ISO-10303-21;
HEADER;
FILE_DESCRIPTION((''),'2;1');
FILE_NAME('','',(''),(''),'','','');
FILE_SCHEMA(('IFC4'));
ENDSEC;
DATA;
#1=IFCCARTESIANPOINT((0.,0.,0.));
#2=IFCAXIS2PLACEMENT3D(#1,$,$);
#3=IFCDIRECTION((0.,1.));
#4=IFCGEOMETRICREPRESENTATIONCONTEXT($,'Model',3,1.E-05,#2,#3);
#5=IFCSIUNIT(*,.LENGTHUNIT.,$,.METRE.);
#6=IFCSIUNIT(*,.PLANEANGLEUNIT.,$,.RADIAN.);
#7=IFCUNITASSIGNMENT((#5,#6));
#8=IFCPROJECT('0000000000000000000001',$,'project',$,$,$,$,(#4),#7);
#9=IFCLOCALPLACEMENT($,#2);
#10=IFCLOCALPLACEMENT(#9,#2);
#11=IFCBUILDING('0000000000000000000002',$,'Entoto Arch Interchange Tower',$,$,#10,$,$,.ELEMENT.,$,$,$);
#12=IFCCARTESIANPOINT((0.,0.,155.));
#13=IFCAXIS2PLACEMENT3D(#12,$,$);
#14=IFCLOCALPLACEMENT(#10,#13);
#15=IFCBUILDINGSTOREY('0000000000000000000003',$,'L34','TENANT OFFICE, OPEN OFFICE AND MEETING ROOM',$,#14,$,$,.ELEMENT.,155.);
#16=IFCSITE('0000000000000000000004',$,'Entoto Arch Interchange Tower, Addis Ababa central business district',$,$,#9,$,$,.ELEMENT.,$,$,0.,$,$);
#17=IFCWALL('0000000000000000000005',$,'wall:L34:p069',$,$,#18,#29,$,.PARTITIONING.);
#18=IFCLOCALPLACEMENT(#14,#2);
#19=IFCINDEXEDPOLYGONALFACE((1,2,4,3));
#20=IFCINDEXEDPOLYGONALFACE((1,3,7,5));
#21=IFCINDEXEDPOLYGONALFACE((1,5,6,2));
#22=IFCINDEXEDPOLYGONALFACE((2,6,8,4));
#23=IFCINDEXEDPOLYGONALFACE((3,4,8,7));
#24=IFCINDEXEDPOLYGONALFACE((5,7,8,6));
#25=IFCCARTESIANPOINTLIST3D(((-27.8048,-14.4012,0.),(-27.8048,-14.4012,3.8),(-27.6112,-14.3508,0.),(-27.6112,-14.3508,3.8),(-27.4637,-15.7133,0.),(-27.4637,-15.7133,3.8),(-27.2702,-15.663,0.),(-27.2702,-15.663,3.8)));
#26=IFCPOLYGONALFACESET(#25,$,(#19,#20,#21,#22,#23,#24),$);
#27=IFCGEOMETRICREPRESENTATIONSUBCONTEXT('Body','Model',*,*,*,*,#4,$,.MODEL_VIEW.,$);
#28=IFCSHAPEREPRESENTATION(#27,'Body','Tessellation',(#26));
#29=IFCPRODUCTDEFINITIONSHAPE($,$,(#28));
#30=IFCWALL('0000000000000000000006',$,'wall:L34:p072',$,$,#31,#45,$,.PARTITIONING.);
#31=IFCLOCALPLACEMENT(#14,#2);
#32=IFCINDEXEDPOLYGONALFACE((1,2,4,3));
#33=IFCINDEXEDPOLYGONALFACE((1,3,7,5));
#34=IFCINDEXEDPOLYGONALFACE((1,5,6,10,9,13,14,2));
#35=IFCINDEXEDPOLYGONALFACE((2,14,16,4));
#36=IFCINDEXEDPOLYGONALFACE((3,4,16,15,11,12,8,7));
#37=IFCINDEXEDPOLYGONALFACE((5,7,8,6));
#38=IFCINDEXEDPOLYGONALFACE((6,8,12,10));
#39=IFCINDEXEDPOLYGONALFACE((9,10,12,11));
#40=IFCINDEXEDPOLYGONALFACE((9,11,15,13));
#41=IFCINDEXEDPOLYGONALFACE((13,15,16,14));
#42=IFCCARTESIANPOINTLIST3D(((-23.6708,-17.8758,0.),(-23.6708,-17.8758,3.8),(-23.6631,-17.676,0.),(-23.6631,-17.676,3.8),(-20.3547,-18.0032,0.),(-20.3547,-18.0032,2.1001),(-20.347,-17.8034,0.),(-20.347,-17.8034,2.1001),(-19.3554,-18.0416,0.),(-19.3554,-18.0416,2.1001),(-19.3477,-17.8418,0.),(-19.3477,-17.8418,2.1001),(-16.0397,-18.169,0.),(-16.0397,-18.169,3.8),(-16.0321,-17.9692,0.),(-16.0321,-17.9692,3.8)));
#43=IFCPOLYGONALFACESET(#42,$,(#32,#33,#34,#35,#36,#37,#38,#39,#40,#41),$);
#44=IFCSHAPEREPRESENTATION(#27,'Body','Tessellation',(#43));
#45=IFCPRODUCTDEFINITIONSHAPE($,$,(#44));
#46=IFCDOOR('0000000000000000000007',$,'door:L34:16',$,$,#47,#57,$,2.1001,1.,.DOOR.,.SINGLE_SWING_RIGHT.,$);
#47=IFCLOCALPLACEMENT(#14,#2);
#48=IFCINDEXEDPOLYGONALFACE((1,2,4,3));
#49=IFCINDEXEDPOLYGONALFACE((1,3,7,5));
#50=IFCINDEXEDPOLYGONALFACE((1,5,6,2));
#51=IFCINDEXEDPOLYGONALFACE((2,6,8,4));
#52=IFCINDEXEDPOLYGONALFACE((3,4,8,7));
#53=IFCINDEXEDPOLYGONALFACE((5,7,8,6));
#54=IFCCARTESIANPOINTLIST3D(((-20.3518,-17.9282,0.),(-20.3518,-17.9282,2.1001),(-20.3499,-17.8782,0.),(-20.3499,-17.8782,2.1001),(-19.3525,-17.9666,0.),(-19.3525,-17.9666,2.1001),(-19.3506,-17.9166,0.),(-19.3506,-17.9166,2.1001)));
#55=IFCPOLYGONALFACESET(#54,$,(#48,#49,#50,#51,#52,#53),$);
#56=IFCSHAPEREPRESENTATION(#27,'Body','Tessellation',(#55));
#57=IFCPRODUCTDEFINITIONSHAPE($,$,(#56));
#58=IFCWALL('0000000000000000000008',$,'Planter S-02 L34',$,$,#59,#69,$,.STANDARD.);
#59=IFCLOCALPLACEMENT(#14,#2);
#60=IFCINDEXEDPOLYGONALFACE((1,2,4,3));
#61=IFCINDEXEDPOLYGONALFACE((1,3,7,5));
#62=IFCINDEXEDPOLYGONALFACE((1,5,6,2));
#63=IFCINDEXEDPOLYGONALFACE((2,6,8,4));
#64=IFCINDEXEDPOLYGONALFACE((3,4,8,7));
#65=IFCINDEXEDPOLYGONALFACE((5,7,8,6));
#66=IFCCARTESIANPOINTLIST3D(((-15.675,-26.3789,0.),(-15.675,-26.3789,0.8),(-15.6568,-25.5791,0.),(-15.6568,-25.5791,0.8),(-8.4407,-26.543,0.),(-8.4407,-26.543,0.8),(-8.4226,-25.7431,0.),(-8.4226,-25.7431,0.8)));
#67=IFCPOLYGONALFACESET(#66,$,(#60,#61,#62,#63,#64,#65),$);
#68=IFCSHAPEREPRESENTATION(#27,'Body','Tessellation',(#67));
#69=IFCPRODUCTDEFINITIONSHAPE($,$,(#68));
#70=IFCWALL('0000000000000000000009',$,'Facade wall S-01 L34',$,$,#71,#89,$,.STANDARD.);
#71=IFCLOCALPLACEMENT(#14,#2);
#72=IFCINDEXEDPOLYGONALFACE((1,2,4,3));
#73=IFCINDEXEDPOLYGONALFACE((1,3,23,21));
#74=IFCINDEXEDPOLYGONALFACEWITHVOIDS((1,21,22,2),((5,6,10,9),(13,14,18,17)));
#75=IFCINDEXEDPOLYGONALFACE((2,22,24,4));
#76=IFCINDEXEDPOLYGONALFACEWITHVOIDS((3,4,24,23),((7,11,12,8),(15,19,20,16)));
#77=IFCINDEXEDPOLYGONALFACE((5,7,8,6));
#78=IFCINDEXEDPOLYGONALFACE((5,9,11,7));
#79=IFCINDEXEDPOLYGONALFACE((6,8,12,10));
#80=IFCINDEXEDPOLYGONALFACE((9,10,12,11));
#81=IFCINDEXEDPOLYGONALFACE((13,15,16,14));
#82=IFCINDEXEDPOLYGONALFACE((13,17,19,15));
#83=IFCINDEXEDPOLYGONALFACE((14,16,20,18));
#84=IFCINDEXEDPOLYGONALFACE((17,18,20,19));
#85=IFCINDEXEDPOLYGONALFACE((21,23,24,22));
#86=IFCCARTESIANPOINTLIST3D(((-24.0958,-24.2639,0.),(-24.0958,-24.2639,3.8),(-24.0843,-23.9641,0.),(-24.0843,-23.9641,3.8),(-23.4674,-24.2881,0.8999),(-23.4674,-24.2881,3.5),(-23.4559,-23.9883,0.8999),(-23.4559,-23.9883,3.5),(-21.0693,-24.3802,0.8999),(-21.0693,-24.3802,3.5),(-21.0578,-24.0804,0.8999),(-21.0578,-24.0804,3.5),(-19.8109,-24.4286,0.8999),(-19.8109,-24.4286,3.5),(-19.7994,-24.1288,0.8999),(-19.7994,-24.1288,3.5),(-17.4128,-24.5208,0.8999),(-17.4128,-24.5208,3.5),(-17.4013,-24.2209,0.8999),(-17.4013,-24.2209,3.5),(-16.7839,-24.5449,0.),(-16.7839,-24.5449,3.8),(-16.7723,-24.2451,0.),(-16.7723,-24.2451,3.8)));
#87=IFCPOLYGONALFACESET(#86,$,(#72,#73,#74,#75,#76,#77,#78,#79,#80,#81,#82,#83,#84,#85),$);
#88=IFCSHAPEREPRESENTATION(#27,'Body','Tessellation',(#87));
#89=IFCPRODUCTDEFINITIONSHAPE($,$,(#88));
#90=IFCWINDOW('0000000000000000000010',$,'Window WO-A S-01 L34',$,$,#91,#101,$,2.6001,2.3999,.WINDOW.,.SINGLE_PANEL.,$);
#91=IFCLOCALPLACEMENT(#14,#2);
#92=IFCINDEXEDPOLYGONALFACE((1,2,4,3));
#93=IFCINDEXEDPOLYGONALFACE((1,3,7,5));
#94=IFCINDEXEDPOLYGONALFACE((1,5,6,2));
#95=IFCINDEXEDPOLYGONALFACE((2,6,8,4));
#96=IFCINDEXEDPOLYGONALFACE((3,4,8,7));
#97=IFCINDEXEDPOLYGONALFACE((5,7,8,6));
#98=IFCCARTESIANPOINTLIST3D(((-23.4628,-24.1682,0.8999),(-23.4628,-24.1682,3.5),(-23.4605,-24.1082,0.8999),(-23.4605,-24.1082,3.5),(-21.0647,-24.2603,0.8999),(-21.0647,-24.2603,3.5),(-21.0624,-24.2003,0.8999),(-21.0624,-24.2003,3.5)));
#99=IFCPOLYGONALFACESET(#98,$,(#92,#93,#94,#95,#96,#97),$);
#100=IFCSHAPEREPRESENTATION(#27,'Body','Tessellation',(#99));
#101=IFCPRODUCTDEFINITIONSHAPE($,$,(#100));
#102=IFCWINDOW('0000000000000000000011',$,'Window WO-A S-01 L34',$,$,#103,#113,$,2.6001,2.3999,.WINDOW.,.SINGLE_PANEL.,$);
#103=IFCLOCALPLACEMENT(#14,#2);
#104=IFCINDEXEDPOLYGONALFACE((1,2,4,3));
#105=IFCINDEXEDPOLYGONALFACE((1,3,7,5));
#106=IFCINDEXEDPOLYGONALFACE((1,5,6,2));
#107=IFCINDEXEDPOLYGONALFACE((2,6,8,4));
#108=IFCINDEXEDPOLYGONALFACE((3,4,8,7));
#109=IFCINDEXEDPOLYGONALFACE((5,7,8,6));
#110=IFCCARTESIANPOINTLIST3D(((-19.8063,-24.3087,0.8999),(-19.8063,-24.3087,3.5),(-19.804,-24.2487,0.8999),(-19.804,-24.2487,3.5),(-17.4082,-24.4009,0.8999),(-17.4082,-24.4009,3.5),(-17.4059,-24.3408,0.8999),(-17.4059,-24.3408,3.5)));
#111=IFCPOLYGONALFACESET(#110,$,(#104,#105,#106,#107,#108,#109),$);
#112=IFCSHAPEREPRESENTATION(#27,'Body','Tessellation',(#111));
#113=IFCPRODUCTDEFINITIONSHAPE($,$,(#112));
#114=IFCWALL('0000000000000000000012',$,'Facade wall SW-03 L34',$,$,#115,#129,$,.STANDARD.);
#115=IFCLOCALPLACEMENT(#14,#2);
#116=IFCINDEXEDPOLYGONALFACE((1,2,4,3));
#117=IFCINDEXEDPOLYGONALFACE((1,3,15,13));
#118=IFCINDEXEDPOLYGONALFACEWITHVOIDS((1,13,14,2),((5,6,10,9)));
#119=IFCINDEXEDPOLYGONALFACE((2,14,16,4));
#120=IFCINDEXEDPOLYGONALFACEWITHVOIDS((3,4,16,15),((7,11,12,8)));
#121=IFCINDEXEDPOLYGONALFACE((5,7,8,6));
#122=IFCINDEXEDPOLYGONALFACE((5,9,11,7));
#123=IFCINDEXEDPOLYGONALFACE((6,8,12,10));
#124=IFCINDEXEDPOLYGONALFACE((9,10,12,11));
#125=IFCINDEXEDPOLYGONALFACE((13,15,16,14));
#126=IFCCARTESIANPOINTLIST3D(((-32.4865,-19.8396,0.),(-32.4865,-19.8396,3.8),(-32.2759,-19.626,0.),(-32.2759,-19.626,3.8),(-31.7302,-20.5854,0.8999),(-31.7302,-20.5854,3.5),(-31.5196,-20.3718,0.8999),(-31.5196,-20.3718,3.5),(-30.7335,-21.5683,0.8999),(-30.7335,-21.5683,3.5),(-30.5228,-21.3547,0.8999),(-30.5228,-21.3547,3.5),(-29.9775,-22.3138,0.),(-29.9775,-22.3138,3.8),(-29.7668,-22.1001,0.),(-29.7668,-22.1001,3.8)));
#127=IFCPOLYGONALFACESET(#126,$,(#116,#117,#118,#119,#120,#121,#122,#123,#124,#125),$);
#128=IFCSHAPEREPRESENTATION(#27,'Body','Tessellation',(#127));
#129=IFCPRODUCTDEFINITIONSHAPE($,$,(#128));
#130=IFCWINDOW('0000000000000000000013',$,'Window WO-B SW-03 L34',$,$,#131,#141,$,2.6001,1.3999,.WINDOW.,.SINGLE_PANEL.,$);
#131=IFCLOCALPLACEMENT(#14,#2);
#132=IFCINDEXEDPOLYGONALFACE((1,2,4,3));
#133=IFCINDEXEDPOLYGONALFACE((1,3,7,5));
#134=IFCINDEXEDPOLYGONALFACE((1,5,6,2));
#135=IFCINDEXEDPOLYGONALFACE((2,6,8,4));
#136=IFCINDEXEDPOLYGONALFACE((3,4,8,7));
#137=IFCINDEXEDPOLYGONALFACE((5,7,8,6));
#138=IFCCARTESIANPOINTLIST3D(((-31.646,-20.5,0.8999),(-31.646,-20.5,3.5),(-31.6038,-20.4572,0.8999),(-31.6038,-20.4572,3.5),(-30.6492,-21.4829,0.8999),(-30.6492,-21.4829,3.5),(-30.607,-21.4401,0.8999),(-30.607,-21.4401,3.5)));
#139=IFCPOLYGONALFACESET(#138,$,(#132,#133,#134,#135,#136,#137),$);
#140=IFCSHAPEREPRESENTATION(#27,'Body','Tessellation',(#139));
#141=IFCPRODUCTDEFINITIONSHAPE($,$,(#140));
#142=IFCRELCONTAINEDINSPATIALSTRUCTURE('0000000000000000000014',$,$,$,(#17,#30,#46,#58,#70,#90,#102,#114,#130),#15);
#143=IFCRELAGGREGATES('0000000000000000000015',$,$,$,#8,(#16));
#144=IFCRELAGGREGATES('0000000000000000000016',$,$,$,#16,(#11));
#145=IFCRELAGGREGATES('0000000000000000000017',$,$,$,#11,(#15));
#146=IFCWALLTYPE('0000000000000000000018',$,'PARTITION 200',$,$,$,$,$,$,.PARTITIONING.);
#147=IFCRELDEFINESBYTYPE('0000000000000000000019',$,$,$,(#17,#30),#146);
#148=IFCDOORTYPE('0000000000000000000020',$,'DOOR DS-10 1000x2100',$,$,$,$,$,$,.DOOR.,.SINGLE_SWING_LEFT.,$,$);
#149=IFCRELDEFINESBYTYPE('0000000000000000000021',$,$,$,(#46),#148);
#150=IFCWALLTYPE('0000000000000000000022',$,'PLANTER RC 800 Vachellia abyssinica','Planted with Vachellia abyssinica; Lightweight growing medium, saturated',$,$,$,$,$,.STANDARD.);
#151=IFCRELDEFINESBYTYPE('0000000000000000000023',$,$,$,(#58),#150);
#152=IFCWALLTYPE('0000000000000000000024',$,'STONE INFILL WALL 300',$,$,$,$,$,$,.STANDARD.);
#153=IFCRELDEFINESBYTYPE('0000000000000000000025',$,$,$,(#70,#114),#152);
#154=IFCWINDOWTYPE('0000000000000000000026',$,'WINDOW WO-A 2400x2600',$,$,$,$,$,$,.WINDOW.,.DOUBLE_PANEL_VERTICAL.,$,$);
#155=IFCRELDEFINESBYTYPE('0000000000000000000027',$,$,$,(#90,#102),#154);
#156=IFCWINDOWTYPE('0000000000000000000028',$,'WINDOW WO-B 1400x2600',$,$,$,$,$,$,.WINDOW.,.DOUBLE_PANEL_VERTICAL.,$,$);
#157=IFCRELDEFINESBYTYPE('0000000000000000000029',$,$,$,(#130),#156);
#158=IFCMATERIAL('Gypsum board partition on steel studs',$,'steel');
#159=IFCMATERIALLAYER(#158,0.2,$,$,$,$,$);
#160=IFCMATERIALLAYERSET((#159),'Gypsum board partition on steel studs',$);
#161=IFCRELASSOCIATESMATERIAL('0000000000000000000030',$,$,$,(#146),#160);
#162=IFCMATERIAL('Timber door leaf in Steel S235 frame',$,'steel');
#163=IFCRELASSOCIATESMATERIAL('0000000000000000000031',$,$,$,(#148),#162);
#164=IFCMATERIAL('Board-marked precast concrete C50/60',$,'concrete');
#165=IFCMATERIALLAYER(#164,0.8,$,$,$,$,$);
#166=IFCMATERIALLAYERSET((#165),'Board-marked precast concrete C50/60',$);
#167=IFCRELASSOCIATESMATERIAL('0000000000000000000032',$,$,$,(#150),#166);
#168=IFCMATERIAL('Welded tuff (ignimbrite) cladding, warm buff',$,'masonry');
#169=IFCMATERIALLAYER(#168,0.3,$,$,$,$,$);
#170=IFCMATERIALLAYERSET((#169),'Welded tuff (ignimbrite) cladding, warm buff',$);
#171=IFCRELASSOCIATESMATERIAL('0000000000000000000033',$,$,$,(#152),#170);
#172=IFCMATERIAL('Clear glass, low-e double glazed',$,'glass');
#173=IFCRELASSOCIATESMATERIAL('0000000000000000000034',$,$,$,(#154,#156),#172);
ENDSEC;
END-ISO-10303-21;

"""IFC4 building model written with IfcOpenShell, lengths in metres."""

from ifc_helpers import new_model, si_unit, direction, frame, frame_2d, origin, place, context, subcontext, project, spatial, rectangle, extrude, material, layer, layer_set, type_object, element, fill, save


model = new_model("IFC4")

# Units and contexts
model_context = context("Model", 3, precision=1e-05, world=origin(), true_north=direction((0.0, 1.0)))
body_context = subcontext(model_context, "Body", "Model", "MODEL_VIEW")
ifc_project = project(units=[si_unit("LENGTHUNIT", "METRE"), si_unit("PLANEANGLEUNIT", "RADIAN")], contexts=[model_context])

# Site, building, storey
site_placement = place(None, origin())
site = spatial("IfcSite", under=ifc_project, at=site_placement, Name="Entoto Arch Interchange Tower, Addis Ababa central business district", CompositionType="ELEMENT", RefElevation=0.0)
building_placement = place(site_placement, origin())
building = spatial("IfcBuilding", under=site, at=building_placement, Name="Entoto Arch Interchange Tower", CompositionType="ELEMENT")
storey_placement = place(building_placement, frame((0.0, 0.0, 155.0)))
storey = spatial("IfcBuildingStorey", under=building, at=storey_placement, Name="L34", Description="TENANT OFFICE, OPEN OFFICE AND MEETING ROOM", CompositionType="ELEMENT", Elevation=155.0)

# Shared definitions
ifc_material_1 = material(Name="Gypsum board partition on steel studs", Category="steel")
ifc_layer_1 = layer(ifc_material_1, 0.2)
ifc_layer_set_1 = layer_set([ifc_layer_1], Name="Gypsum board partition on steel studs")
wall_type_1 = type_object("IfcWallType", Name="PARTITION 200", PredefinedType="PARTITIONING", material=ifc_layer_set_1)

# Shared definitions
ifc_material_2 = material(Name="Timber door leaf in Steel S235 frame", Category="steel")
door_type_1 = type_object("IfcDoorType", Name="DOOR DS-10 1000x2100", OperationType="SINGLE_SWING_LEFT", PredefinedType="DOOR", material=ifc_material_2)

# Wall
wall_1_placement = place(storey_placement, frame((-27.3669, -15.688, 0.0), z_axis=(0.0, 0.0, 1.0), x_axis=(-0.251593, 0.967833, 0.0)))
element("IfcWall", 1, at=wall_1_placement, inside=storey, type_object=wall_type_1, Name="wall:L34:p069", PredefinedType="PARTITIONING", context=body_context, shape_type="SweptSolid", body=[
    extrude(rectangle(XDim=1.3557, YDim=0.2, at=frame_2d((0.6777, 0.0))), origin(), (0.0, 0.0, 1.0), 3.8),
])

# Wall, opening, door
wall_2_placement = place(storey_placement, frame((-16.0359, -18.0691, 0.0), z_axis=(0.0, 0.0, 1.0), x_axis=(-0.999263, 0.038395, 0.0)))
wall_2 = element("IfcWall", 2, at=wall_2_placement, inside=storey, type_object=wall_type_1, Name="wall:L34:p072", PredefinedType="PARTITIONING", context=body_context, shape_type="SweptSolid", body=[
    extrude(rectangle(XDim=7.6367, YDim=0.2, at=frame_2d((3.8184, 0.0))), origin(), (0.0, 0.0, 1.0), 3.8),
])
opening_1_placement = place(wall_2_placement, frame((3.3181, 0.0, 0.0)))
opening_1 = element("IfcOpeningElement", 3, at=opening_1_placement, cuts=wall_2, PredefinedType="OPENING", context=body_context, shape_type="SweptSolid", body=[
    extrude(rectangle(XDim=1.0, YDim=2.1001, at=frame_2d((0.5, 1.05))), frame((0.0, 0.1099, 0.0), z_axis=(0.0, -1.0, 0.0), x_axis=(1.0, 0.0, 0.0)), (0.0, 0.0, 1.0), 0.22),
])
door_1_placement = place(opening_1_placement, origin())
door_1 = element("IfcDoor", 4, at=door_1_placement, inside=storey, type_object=door_type_1, Name="door:L34:16", OperationType="SINGLE_SWING_RIGHT", OverallHeight=2.1001, OverallWidth=1.0, PredefinedType="DOOR", context=body_context, shape_type="SweptSolid", body=[
    extrude(rectangle(XDim=1.0, YDim=2.1001, at=frame_2d((0.5, 1.05))), frame((0.0, 0.0249, 0.0), z_axis=(0.0, -1.0, 0.0), x_axis=(1.0, 0.0, 0.0)), (0.0, 0.0, 1.0), 0.05),
])
fill(opening_1, door_1)

# Wall
ifc_material_3 = material(Name="Board-marked precast concrete C50/60", Category="concrete")
ifc_layer_2 = layer(ifc_material_3, 0.8)
ifc_layer_set_2 = layer_set([ifc_layer_2], Name="Board-marked precast concrete C50/60")
wall_type_2 = type_object("IfcWallType", Name="PLANTER RC 800 Vachellia abyssinica", Description="Planted with Vachellia abyssinica; Lightweight growing medium, saturated", PredefinedType="STANDARD", material=ifc_layer_set_2)
wall_3_placement = place(storey_placement, frame((-15.666, -25.979, 0.0), z_axis=(0.0, 0.0, 1.0), x_axis=(0.999743, -0.022673, 0.0)))
element("IfcWall", 5, at=wall_3_placement, inside=storey, type_object=wall_type_2, Name="Planter S-02 L34", PredefinedType="STANDARD", context=body_context, shape_type="SweptSolid", body=[
    extrude(rectangle(XDim=7.2361, YDim=0.8, at=frame_2d((3.6182, 0.0))), origin(), (0.0, 0.0, 1.0), 0.8),
])

# Wall, openings, windows
ifc_material_4 = material(Name="Welded tuff (ignimbrite) cladding, warm buff", Category="masonry")
ifc_layer_3 = layer(ifc_material_4, 0.3)
ifc_layer_set_3 = layer_set([ifc_layer_3], Name="Welded tuff (ignimbrite) cladding, warm buff")
wall_type_3 = type_object("IfcWallType", Name="STONE INFILL WALL 300", PredefinedType="STANDARD", material=ifc_layer_set_3)
wall_4_placement = place(storey_placement, frame((-24.0901, -24.114, 0.0), z_axis=(0.0, 0.0, 1.0), x_axis=(0.999262, -0.038402, 0.0)))
wall_4 = element("IfcWall", 6, at=wall_4_placement, inside=storey, type_object=wall_type_3, Name="Facade wall S-01 L34", PredefinedType="STANDARD", context=body_context, shape_type="SweptSolid", body=[
    extrude(rectangle(XDim=7.3174, YDim=0.3, at=frame_2d((3.6587, 0.0))), origin(), (0.0, 0.0, 1.0), 3.8),
])
opening_2_placement = place(wall_4_placement, frame((0.6289, 0.0, 0.8999)))
opening_2 = element("IfcOpeningElement", 7, at=opening_2_placement, cuts=wall_4, PredefinedType="OPENING", context=body_context, shape_type="SweptSolid", body=[
    extrude(rectangle(XDim=2.3999, YDim=2.6001, at=frame_2d((1.2, 1.3))), frame((0.0, 0.1602, 0.0), z_axis=(0.0, -1.0, 0.0), x_axis=(1.0, 0.0, 0.0)), (0.0, 0.0, 1.0), 0.3201),
])
opening_3_placement = place(wall_4_placement, frame((4.2881, 0.0, 0.8999)))
opening_3 = element("IfcOpeningElement", 8, at=opening_3_placement, cuts=wall_4, PredefinedType="OPENING", context=body_context, shape_type="SweptSolid", body=[
    extrude(rectangle(XDim=2.3999, YDim=2.6001, at=frame_2d((1.2, 1.3))), frame((0.0, 0.1602, 0.0), z_axis=(0.0, -1.0, 0.0), x_axis=(1.0, 0.0, 0.0)), (0.0, 0.0, 1.0), 0.3201),
])
ifc_material_5 = material(Name="Clear glass, low-e double glazed", Category="glass")
window_type_1 = type_object("IfcWindowType", Name="WINDOW WO-A 2400x2600", PartitioningType="DOUBLE_PANEL_VERTICAL", PredefinedType="WINDOW", material=ifc_material_5)
window_1_placement = place(opening_2_placement, origin())
window_1 = element("IfcWindow", 9, at=window_1_placement, inside=storey, type_object=window_type_1, Name="Window WO-A S-01 L34", OverallHeight=2.6001, OverallWidth=2.3999, PartitioningType="SINGLE_PANEL", PredefinedType="WINDOW", context=body_context, shape_type="SweptSolid", body=[
    extrude(rectangle(XDim=2.3999, YDim=2.6001, at=frame_2d((1.2, 1.3))), frame((0.0, 0.03, 0.0), z_axis=(0.0, -1.0, 0.0), x_axis=(1.0, 0.0, 0.0)), (0.0, 0.0, 1.0), 0.0601),
])
fill(opening_2, window_1)
window_2_placement = place(opening_3_placement, origin())
window_2 = element("IfcWindow", 10, at=window_2_placement, inside=storey, type_object=window_type_1, Name="Window WO-A S-01 L34", OverallHeight=2.6001, OverallWidth=2.3999, PartitioningType="SINGLE_PANEL", PredefinedType="WINDOW", context=body_context, shape_type="SweptSolid", body=[
    extrude(rectangle(XDim=2.3999, YDim=2.6001, at=frame_2d((1.2, 1.3))), frame((0.0, 0.03, 0.0), z_axis=(0.0, -1.0, 0.0), x_axis=(1.0, 0.0, 0.0)), (0.0, 0.0, 1.0), 0.0601),
])
fill(opening_3, window_2)

# Wall, opening, window
wall_5_placement = place(storey_placement, frame((-32.3811, -19.7329, 0.0), z_axis=(0.0, 0.0, 1.0), x_axis=(0.712043, -0.702136, 0.0)))
wall_5 = element("IfcWall", 11, at=wall_5_placement, inside=storey, type_object=wall_type_3, Name="Facade wall SW-03 L34", PredefinedType="STANDARD", context=body_context, shape_type="SweptSolid", body=[
    extrude(rectangle(XDim=3.5237, YDim=0.3, at=frame_2d((1.7617, 0.0))), origin(), (0.0, 0.0, 1.0), 3.8),
])
opening_4_placement = place(wall_5_placement, frame((1.062, 0.0, 0.8999)))
opening_4 = element("IfcOpeningElement", 12, at=opening_4_placement, cuts=wall_5, PredefinedType="OPENING", context=body_context, shape_type="SweptSolid", body=[
    extrude(rectangle(XDim=1.3999, YDim=2.6001, at=frame_2d((0.7, 1.3))), frame((0.0, 0.1602, 0.0), z_axis=(0.0, -1.0, 0.0), x_axis=(1.0, 0.0, 0.0)), (0.0, 0.0, 1.0), 0.3201),
])
window_type_2 = type_object("IfcWindowType", Name="WINDOW WO-B 1400x2600", PartitioningType="DOUBLE_PANEL_VERTICAL", PredefinedType="WINDOW", material=ifc_material_5)
window_3_placement = place(opening_4_placement, origin())
window_3 = element("IfcWindow", 13, at=window_3_placement, inside=storey, type_object=window_type_2, Name="Window WO-B SW-03 L34", OverallHeight=2.6001, OverallWidth=1.3999, PartitioningType="SINGLE_PANEL", PredefinedType="WINDOW", context=body_context, shape_type="SweptSolid", body=[
    extrude(rectangle(XDim=1.3999, YDim=2.6001, at=frame_2d((0.7, 1.3))), frame((0.0, 0.03, 0.0), z_axis=(0.0, -1.0, 0.0), x_axis=(1.0, 0.0, 0.0)), (0.0, 0.0, 1.0), 0.0601),
])
fill(opening_4, window_3)

save(model, "model.ifc")
